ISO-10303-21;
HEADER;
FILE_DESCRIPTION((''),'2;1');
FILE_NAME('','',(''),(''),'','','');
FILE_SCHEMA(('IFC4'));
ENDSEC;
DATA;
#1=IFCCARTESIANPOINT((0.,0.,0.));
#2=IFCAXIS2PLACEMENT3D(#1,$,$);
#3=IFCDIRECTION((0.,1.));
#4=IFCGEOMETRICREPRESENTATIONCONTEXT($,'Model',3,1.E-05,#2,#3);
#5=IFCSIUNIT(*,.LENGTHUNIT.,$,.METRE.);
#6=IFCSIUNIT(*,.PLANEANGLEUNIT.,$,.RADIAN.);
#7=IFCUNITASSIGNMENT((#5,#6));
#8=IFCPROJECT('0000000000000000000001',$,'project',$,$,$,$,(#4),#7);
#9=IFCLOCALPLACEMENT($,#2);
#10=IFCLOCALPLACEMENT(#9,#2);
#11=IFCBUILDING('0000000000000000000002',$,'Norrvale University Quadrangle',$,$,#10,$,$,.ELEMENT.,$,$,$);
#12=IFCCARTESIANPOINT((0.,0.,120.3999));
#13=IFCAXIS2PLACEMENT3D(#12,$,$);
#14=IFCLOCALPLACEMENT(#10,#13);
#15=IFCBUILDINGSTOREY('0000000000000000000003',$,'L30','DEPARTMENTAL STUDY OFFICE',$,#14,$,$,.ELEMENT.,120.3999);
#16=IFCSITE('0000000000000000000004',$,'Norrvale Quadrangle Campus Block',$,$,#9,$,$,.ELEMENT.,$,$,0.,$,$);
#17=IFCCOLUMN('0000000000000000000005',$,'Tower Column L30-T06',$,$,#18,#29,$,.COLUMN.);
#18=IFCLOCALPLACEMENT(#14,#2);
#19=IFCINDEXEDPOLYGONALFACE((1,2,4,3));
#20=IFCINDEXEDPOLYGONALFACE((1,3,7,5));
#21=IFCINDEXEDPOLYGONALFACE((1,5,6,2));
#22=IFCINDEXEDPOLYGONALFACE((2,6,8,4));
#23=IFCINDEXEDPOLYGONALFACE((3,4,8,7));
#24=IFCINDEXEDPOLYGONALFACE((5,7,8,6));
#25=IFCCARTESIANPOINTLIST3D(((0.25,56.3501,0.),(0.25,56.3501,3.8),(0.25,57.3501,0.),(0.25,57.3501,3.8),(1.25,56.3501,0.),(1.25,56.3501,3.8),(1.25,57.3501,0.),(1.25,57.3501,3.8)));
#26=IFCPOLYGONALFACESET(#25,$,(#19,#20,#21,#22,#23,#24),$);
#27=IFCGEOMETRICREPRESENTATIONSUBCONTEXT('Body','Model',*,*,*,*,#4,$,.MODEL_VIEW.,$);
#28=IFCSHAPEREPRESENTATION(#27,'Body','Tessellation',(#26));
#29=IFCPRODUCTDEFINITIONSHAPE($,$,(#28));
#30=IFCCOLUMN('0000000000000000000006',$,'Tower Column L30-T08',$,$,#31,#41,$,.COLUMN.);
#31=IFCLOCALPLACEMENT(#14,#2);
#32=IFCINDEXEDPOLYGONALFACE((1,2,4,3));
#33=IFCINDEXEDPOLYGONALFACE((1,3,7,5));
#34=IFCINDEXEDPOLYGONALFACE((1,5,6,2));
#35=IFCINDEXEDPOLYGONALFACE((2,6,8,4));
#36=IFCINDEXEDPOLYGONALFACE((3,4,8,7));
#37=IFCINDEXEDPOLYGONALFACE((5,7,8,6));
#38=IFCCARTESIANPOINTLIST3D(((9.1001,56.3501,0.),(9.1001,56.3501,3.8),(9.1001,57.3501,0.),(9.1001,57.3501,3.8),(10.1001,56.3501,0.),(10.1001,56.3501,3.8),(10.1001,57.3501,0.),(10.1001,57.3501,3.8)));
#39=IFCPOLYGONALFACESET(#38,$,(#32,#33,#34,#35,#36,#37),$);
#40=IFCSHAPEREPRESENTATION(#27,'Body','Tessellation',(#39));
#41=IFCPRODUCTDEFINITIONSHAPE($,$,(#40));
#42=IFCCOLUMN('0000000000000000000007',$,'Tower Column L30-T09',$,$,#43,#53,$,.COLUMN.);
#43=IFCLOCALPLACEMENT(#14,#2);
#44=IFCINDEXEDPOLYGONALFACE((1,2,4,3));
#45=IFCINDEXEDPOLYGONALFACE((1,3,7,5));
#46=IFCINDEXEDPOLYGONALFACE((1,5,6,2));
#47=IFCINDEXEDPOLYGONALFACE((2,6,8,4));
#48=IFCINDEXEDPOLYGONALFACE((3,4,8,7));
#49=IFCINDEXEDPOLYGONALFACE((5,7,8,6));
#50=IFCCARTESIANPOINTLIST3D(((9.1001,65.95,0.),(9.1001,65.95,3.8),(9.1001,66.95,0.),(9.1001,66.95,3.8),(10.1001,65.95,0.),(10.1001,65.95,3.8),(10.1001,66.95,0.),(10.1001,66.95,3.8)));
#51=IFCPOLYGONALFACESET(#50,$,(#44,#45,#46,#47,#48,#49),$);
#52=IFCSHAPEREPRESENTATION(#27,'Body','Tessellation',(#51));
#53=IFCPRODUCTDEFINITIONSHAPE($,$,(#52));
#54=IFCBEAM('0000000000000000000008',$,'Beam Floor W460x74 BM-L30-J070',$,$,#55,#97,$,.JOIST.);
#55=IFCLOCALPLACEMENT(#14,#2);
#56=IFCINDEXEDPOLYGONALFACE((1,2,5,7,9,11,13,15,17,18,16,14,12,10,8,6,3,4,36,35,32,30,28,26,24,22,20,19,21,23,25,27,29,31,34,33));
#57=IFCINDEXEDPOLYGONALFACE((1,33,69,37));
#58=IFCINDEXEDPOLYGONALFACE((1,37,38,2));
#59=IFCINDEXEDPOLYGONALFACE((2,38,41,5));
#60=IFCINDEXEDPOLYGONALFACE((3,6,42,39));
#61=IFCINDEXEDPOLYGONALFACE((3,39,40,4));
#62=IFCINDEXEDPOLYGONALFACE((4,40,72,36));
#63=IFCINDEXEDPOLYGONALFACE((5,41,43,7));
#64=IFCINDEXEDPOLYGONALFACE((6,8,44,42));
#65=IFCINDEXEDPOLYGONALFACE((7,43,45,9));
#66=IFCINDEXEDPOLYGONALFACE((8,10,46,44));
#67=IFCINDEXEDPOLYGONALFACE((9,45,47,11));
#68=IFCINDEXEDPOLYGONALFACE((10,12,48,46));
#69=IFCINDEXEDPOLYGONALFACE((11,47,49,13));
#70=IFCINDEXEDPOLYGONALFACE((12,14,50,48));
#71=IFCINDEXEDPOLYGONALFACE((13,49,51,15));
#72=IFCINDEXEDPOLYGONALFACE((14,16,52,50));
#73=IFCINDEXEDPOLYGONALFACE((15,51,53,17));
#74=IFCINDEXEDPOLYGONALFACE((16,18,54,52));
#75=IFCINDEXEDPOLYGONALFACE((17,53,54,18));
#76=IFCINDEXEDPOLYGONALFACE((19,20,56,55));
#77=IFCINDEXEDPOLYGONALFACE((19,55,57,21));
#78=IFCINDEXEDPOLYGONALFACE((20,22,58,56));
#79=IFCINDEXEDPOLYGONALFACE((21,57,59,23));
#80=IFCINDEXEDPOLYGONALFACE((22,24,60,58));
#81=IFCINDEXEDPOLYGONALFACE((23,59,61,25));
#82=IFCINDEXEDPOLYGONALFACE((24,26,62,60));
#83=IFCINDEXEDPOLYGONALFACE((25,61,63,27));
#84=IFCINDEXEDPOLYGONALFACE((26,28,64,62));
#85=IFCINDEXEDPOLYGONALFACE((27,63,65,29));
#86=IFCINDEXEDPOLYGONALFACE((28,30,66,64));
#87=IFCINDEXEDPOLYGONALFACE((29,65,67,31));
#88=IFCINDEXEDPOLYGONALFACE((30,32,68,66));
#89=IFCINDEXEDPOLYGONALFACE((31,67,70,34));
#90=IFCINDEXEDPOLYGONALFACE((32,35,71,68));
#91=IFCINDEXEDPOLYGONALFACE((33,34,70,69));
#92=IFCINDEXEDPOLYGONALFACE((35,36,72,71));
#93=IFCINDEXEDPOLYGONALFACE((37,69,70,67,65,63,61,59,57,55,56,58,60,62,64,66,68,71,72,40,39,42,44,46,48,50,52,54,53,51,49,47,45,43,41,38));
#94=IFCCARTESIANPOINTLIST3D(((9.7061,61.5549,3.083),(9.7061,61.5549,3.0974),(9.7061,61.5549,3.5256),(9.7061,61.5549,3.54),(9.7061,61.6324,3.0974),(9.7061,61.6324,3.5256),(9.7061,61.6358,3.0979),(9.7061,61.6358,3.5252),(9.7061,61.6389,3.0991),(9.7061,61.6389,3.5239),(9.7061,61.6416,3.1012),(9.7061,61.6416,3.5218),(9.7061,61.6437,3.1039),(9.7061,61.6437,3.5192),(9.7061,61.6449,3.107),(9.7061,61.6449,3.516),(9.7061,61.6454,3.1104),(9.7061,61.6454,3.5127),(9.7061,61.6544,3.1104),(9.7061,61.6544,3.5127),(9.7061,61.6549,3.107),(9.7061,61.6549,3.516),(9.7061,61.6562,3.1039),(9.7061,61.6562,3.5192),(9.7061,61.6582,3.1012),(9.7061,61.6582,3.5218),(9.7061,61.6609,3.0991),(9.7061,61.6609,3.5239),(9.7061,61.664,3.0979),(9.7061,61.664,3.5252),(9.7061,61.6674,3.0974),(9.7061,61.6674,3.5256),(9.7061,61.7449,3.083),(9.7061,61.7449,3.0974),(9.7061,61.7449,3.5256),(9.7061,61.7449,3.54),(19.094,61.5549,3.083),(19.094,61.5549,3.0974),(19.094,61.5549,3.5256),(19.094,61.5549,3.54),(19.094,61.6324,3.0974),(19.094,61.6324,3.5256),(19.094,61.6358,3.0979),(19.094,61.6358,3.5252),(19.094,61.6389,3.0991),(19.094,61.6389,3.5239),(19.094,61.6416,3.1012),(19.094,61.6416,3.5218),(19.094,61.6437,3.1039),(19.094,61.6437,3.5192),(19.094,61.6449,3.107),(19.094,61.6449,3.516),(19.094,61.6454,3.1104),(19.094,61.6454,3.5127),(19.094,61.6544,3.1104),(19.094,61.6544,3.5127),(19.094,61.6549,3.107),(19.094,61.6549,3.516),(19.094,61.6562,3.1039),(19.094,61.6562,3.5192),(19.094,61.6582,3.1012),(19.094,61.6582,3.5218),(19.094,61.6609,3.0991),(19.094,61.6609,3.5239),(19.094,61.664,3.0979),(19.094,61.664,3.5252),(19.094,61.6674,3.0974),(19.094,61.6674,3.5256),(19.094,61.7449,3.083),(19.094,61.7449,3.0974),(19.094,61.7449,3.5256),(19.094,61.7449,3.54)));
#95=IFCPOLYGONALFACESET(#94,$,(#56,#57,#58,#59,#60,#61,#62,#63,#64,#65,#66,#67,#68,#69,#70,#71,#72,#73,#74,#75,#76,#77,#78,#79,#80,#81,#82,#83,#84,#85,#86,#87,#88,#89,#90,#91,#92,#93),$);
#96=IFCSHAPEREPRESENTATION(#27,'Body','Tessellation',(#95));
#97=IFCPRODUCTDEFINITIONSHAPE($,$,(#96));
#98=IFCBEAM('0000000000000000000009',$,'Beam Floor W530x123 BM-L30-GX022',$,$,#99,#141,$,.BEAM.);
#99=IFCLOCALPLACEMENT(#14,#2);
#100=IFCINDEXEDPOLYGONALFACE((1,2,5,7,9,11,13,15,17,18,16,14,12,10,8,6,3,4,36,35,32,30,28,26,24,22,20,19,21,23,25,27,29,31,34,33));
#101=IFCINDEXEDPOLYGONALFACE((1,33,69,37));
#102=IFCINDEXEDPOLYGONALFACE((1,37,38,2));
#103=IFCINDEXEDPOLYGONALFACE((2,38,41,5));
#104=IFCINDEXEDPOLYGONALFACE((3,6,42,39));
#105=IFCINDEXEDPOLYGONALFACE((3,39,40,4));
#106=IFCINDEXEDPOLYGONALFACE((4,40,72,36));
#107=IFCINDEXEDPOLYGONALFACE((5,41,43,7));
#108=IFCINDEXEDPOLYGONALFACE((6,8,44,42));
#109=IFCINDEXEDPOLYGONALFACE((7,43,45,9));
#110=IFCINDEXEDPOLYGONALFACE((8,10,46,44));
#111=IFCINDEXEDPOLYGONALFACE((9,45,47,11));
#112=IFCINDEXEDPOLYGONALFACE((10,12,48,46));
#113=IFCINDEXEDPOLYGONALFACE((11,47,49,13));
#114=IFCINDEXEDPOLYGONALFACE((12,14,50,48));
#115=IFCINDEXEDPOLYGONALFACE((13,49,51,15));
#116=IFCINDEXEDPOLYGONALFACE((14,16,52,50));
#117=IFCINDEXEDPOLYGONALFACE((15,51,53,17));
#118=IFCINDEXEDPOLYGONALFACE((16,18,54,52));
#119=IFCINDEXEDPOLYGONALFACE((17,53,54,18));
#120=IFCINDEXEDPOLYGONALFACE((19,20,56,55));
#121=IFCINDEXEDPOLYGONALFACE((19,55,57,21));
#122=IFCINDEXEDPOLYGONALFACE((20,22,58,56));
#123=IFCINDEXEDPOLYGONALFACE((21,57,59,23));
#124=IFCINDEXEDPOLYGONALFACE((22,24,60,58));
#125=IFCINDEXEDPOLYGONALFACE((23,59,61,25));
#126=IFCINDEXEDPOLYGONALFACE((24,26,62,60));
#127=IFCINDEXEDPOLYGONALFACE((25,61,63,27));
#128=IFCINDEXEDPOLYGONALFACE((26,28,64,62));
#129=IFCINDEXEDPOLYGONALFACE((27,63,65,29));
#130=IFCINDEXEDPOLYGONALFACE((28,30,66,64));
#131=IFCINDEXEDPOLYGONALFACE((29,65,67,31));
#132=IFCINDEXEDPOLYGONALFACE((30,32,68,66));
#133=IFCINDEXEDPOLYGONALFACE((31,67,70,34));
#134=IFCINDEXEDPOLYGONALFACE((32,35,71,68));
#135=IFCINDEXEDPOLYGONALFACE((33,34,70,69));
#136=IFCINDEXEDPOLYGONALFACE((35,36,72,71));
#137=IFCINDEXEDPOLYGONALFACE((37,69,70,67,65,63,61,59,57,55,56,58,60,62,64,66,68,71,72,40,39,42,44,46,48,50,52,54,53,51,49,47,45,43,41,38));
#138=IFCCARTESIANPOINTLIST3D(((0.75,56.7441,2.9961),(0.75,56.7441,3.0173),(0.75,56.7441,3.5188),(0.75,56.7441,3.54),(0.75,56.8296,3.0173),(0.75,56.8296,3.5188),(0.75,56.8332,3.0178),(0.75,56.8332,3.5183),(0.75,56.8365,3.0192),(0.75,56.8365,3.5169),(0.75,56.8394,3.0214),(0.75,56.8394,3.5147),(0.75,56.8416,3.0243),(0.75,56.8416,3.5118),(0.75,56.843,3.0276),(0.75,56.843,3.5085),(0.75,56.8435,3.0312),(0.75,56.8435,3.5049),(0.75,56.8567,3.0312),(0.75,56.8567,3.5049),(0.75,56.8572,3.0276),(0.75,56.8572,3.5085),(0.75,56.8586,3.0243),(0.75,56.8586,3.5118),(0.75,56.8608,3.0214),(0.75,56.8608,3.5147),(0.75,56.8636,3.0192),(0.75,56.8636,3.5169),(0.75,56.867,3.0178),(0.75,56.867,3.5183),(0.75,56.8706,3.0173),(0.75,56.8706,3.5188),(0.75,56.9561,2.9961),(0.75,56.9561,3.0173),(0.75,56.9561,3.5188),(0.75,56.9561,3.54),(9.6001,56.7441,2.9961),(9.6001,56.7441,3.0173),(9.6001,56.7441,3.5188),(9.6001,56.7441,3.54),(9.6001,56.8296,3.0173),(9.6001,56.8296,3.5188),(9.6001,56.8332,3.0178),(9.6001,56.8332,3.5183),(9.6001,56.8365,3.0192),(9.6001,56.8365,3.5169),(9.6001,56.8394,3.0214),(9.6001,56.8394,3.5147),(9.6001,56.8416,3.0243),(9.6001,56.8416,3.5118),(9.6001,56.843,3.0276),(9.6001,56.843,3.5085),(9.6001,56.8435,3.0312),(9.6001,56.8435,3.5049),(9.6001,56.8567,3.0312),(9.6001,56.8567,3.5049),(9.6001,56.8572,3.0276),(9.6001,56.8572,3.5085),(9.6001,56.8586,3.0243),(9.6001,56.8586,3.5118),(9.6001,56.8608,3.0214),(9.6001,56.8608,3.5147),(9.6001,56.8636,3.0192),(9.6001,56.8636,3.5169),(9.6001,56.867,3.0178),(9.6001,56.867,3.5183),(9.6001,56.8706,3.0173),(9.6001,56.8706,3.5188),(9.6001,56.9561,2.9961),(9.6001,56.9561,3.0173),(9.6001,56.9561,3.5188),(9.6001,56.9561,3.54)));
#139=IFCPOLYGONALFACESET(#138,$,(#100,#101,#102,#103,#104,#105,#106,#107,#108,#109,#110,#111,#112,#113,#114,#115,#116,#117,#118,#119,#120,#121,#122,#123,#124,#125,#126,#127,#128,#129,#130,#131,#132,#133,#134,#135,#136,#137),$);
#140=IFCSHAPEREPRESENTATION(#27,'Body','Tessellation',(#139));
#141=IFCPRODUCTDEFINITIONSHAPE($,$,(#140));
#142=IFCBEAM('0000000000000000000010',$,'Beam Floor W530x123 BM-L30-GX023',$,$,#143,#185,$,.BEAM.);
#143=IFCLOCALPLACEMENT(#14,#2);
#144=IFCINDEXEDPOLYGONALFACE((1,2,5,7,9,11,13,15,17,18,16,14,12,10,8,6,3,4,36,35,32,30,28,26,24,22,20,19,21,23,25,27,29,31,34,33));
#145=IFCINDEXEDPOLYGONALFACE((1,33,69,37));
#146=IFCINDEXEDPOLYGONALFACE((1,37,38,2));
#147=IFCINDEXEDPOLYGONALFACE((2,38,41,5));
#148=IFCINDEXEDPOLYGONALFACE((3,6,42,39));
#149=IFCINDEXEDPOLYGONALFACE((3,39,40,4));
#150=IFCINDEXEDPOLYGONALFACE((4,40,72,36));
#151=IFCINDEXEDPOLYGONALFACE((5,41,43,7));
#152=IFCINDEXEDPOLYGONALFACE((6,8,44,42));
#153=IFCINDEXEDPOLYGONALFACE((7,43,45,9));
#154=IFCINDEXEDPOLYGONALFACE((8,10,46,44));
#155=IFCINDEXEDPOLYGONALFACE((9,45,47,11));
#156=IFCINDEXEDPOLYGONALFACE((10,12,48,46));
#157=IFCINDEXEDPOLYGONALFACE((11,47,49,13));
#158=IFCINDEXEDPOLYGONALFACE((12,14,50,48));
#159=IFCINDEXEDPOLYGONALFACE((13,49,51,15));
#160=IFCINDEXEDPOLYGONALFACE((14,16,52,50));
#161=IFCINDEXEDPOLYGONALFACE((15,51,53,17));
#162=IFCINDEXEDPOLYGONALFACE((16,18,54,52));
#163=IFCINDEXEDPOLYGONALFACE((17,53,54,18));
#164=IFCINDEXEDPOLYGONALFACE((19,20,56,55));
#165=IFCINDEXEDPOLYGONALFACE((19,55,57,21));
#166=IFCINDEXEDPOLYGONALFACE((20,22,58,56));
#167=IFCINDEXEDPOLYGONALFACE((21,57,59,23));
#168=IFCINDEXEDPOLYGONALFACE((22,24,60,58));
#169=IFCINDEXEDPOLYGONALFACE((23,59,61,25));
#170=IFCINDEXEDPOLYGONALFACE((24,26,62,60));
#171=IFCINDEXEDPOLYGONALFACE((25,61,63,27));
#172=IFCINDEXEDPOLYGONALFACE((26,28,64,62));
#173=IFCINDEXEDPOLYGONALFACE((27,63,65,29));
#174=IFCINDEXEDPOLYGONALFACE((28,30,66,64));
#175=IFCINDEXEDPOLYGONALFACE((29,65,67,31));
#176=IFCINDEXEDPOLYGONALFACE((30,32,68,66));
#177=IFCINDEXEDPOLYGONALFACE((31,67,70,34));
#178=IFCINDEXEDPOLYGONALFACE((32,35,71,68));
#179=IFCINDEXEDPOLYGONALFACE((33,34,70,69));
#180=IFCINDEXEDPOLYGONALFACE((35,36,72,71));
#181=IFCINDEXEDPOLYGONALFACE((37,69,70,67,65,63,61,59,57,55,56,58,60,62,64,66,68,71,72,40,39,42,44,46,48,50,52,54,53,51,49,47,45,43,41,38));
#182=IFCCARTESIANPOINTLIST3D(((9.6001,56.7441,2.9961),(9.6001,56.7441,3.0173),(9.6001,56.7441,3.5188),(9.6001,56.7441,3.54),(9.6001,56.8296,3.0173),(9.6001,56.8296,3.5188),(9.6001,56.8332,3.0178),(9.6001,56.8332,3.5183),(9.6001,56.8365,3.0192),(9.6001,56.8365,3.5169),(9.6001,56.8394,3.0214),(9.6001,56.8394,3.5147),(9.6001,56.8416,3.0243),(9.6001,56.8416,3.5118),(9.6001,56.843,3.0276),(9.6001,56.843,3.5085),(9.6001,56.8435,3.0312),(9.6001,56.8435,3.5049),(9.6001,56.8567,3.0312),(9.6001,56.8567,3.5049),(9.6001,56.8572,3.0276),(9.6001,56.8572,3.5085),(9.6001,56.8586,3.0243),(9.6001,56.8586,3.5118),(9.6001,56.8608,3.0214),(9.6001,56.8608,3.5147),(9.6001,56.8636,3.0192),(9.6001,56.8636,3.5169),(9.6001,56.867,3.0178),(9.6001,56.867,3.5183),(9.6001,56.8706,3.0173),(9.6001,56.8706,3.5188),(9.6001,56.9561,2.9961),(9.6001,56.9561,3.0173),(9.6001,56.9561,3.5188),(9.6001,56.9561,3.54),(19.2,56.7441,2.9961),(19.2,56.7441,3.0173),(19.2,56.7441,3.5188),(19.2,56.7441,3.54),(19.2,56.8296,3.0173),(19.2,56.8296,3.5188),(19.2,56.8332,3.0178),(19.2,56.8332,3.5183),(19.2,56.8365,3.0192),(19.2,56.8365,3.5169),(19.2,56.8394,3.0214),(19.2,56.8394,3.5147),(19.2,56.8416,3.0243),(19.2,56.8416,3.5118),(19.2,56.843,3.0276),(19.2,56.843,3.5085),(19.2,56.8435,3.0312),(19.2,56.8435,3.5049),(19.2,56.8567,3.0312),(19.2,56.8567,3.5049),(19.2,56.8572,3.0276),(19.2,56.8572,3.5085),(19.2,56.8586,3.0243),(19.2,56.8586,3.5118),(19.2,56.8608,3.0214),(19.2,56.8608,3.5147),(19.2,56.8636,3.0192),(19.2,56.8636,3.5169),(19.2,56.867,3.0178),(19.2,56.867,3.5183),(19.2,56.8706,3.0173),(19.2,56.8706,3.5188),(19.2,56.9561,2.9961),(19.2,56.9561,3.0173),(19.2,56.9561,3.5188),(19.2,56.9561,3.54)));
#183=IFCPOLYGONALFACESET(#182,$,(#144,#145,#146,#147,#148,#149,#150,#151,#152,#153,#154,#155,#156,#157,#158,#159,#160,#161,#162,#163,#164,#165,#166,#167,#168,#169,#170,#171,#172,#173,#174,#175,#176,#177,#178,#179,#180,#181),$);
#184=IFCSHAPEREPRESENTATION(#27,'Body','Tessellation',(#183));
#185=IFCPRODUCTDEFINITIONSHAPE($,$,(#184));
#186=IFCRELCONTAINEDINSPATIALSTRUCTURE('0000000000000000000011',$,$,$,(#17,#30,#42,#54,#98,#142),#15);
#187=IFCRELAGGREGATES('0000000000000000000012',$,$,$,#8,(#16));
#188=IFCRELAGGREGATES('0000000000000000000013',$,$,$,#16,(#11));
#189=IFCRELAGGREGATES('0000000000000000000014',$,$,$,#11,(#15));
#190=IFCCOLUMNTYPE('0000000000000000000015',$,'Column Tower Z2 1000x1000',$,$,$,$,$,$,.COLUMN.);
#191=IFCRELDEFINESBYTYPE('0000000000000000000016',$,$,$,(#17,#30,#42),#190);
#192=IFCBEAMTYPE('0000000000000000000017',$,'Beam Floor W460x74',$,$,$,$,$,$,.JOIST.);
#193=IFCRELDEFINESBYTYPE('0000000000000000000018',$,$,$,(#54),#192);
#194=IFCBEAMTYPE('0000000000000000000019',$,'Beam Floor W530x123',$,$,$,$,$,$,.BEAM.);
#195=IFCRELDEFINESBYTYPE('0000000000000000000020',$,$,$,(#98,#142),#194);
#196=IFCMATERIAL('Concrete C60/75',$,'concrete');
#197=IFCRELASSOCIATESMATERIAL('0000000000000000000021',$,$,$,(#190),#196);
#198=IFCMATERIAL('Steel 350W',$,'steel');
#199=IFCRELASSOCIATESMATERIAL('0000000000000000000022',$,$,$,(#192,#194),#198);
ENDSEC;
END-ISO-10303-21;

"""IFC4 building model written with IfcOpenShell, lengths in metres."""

from ifc_helpers import new_model, si_unit, direction, frame, origin, origin_2d, place, context, subcontext, project, spatial, rectangle, i_section, extrude, material, material_profile, profile_set, type_object, element, save


model = new_model("IFC4")

# Units and contexts
model_context = context("Model", 3, precision=1e-05, world=origin(), true_north=direction((0.0, 1.0)))
body_context = subcontext(model_context, "Body", "Model", "MODEL_VIEW")
ifc_project = project(units=[si_unit("LENGTHUNIT", "METRE"), si_unit("PLANEANGLEUNIT", "RADIAN")], contexts=[model_context])

# Site, building, storey
site_placement = place(None, origin())
site = spatial("IfcSite", under=ifc_project, at=site_placement, Name="Norrvale Quadrangle Campus Block", CompositionType="ELEMENT", RefElevation=0.0)
building_placement = place(site_placement, origin())
building = spatial("IfcBuilding", under=site, at=building_placement, Name="Norrvale University Quadrangle", CompositionType="ELEMENT")
storey_placement = place(building_placement, frame((0.0, 0.0, 120.3999)))
storey = spatial("IfcBuildingStorey", under=building, at=storey_placement, Name="L30", Description="DEPARTMENTAL STUDY OFFICE", CompositionType="ELEMENT", Elevation=120.3999)

# Columns
ifc_material_1 = material(Name="Concrete C60/75", Category="concrete")
ifc_material_profile_1 = material_profile(ifc_material_1, rectangle(XDim=1.0, YDim=1.0, at=origin_2d()), Name="Concrete C60/75")
ifc_profile_set_1 = profile_set([ifc_material_profile_1], Name="Concrete C60/75")
column_type = type_object("IfcColumnType", Name="Column Tower Z2 1000x1000", PredefinedType="COLUMN", material=ifc_profile_set_1)
for number, where, z_axis, x_axis, name in (
    (1, (0.75, 56.8501, 0.0), (0.0, 0.0, 1.0), (1.0, 0.0, 0.0), "Tower Column L30-T06"),
    (2, (9.6001, 56.8501, 0.0), (0.0, 0.0, 1.0), (1.0, 0.0, 0.0), "Tower Column L30-T08"),
    (3, (9.6001, 66.45, 0.0), (0.0, 0.0, 1.0), (1.0, 0.0, 0.0), "Tower Column L30-T09"),
):
    element("IfcColumn", number, at=place(storey_placement, frame(where, z_axis=z_axis, x_axis=x_axis)), inside=storey, type_object=column_type, Name=name, PredefinedType="COLUMN", context=body_context, shape_type="SweptSolid", body=[
        extrude(rectangle(XDim=1.0, YDim=1.0, at=origin_2d()), origin(), (0.0, 0.0, 1.0), 3.8),
    ])

# Beams
ifc_material_2 = material(Name="Steel 350W", Category="steel")
ifc_material_profile_2 = material_profile(ifc_material_2, i_section(OverallWidth=0.1899, OverallDepth=0.457, WebThickness=0.009, FlangeThickness=0.0144, FilletRadius=0.0129, at=origin_2d()), Name="Steel 350W")
ifc_profile_set_2 = profile_set([ifc_material_profile_2], Name="Steel 350W")
beam_type_1 = type_object("IfcBeamType", Name="Beam Floor W460x74", PredefinedType="JOIST", material=ifc_profile_set_2)
beam_1_placement = place(storey_placement, frame((9.7061, 61.6499, 3.3115), z_axis=(1.0, 0.0, 0.0), x_axis=(0.0, 1.0, 0.0)))
element("IfcBeam", 4, at=beam_1_placement, inside=storey, type_object=beam_type_1, Name="Beam Floor W460x74 BM-L30-J070", PredefinedType="JOIST", context=body_context, shape_type="SweptSolid", body=[
    extrude(i_section(OverallWidth=0.1899, OverallDepth=0.457, WebThickness=0.009, FlangeThickness=0.0144, FilletRadius=0.0129, at=origin_2d()), origin(), (0.0, 0.0, 1.0), 9.3879),
])
ifc_material_profile_3 = material_profile(ifc_material_2, i_section(OverallWidth=0.2119, OverallDepth=0.5439, WebThickness=0.0132, FlangeThickness=0.0212, FilletRadius=0.0139, at=origin_2d()), Name="Steel 350W")
ifc_profile_set_3 = profile_set([ifc_material_profile_3], Name="Steel 350W")
beam_type_2 = type_object("IfcBeamType", Name="Beam Floor W530x123", PredefinedType="BEAM", material=ifc_profile_set_3)
beam_2_placement = place(storey_placement, frame((0.75, 56.8501, 3.2681), z_axis=(1.0, 0.0, 0.0), x_axis=(0.0, 1.0, 0.0)))
element("IfcBeam", 5, at=beam_2_placement, inside=storey, type_object=beam_type_2, Name="Beam Floor W530x123 BM-L30-GX022", PredefinedType="BEAM", context=body_context, shape_type="SweptSolid", body=[
    extrude(i_section(OverallWidth=0.2119, OverallDepth=0.5439, WebThickness=0.0132, FlangeThickness=0.0212, FilletRadius=0.0139, at=origin_2d()), origin(), (0.0, 0.0, 1.0), 8.8501),
])
for number, where, z_axis, x_axis, name in (
    (6, (9.6001, 56.8501, 3.2681), (1.0, 0.0, 0.0), (0.0, 1.0, 0.0), "Beam Floor W530x123 BM-L30-GX023"),
):
    element("IfcBeam", number, at=place(storey_placement, frame(where, z_axis=z_axis, x_axis=x_axis)), inside=storey, type_object=beam_type_2, Name=name, PredefinedType="BEAM", context=body_context, shape_type="SweptSolid", body=[
        extrude(i_section(OverallWidth=0.2119, OverallDepth=0.5439, WebThickness=0.0132, FlangeThickness=0.0212, FilletRadius=0.0139, at=origin_2d()), origin(), (0.0, 0.0, 1.0), 9.5999),
    ])

save(model, "model.ifc")
